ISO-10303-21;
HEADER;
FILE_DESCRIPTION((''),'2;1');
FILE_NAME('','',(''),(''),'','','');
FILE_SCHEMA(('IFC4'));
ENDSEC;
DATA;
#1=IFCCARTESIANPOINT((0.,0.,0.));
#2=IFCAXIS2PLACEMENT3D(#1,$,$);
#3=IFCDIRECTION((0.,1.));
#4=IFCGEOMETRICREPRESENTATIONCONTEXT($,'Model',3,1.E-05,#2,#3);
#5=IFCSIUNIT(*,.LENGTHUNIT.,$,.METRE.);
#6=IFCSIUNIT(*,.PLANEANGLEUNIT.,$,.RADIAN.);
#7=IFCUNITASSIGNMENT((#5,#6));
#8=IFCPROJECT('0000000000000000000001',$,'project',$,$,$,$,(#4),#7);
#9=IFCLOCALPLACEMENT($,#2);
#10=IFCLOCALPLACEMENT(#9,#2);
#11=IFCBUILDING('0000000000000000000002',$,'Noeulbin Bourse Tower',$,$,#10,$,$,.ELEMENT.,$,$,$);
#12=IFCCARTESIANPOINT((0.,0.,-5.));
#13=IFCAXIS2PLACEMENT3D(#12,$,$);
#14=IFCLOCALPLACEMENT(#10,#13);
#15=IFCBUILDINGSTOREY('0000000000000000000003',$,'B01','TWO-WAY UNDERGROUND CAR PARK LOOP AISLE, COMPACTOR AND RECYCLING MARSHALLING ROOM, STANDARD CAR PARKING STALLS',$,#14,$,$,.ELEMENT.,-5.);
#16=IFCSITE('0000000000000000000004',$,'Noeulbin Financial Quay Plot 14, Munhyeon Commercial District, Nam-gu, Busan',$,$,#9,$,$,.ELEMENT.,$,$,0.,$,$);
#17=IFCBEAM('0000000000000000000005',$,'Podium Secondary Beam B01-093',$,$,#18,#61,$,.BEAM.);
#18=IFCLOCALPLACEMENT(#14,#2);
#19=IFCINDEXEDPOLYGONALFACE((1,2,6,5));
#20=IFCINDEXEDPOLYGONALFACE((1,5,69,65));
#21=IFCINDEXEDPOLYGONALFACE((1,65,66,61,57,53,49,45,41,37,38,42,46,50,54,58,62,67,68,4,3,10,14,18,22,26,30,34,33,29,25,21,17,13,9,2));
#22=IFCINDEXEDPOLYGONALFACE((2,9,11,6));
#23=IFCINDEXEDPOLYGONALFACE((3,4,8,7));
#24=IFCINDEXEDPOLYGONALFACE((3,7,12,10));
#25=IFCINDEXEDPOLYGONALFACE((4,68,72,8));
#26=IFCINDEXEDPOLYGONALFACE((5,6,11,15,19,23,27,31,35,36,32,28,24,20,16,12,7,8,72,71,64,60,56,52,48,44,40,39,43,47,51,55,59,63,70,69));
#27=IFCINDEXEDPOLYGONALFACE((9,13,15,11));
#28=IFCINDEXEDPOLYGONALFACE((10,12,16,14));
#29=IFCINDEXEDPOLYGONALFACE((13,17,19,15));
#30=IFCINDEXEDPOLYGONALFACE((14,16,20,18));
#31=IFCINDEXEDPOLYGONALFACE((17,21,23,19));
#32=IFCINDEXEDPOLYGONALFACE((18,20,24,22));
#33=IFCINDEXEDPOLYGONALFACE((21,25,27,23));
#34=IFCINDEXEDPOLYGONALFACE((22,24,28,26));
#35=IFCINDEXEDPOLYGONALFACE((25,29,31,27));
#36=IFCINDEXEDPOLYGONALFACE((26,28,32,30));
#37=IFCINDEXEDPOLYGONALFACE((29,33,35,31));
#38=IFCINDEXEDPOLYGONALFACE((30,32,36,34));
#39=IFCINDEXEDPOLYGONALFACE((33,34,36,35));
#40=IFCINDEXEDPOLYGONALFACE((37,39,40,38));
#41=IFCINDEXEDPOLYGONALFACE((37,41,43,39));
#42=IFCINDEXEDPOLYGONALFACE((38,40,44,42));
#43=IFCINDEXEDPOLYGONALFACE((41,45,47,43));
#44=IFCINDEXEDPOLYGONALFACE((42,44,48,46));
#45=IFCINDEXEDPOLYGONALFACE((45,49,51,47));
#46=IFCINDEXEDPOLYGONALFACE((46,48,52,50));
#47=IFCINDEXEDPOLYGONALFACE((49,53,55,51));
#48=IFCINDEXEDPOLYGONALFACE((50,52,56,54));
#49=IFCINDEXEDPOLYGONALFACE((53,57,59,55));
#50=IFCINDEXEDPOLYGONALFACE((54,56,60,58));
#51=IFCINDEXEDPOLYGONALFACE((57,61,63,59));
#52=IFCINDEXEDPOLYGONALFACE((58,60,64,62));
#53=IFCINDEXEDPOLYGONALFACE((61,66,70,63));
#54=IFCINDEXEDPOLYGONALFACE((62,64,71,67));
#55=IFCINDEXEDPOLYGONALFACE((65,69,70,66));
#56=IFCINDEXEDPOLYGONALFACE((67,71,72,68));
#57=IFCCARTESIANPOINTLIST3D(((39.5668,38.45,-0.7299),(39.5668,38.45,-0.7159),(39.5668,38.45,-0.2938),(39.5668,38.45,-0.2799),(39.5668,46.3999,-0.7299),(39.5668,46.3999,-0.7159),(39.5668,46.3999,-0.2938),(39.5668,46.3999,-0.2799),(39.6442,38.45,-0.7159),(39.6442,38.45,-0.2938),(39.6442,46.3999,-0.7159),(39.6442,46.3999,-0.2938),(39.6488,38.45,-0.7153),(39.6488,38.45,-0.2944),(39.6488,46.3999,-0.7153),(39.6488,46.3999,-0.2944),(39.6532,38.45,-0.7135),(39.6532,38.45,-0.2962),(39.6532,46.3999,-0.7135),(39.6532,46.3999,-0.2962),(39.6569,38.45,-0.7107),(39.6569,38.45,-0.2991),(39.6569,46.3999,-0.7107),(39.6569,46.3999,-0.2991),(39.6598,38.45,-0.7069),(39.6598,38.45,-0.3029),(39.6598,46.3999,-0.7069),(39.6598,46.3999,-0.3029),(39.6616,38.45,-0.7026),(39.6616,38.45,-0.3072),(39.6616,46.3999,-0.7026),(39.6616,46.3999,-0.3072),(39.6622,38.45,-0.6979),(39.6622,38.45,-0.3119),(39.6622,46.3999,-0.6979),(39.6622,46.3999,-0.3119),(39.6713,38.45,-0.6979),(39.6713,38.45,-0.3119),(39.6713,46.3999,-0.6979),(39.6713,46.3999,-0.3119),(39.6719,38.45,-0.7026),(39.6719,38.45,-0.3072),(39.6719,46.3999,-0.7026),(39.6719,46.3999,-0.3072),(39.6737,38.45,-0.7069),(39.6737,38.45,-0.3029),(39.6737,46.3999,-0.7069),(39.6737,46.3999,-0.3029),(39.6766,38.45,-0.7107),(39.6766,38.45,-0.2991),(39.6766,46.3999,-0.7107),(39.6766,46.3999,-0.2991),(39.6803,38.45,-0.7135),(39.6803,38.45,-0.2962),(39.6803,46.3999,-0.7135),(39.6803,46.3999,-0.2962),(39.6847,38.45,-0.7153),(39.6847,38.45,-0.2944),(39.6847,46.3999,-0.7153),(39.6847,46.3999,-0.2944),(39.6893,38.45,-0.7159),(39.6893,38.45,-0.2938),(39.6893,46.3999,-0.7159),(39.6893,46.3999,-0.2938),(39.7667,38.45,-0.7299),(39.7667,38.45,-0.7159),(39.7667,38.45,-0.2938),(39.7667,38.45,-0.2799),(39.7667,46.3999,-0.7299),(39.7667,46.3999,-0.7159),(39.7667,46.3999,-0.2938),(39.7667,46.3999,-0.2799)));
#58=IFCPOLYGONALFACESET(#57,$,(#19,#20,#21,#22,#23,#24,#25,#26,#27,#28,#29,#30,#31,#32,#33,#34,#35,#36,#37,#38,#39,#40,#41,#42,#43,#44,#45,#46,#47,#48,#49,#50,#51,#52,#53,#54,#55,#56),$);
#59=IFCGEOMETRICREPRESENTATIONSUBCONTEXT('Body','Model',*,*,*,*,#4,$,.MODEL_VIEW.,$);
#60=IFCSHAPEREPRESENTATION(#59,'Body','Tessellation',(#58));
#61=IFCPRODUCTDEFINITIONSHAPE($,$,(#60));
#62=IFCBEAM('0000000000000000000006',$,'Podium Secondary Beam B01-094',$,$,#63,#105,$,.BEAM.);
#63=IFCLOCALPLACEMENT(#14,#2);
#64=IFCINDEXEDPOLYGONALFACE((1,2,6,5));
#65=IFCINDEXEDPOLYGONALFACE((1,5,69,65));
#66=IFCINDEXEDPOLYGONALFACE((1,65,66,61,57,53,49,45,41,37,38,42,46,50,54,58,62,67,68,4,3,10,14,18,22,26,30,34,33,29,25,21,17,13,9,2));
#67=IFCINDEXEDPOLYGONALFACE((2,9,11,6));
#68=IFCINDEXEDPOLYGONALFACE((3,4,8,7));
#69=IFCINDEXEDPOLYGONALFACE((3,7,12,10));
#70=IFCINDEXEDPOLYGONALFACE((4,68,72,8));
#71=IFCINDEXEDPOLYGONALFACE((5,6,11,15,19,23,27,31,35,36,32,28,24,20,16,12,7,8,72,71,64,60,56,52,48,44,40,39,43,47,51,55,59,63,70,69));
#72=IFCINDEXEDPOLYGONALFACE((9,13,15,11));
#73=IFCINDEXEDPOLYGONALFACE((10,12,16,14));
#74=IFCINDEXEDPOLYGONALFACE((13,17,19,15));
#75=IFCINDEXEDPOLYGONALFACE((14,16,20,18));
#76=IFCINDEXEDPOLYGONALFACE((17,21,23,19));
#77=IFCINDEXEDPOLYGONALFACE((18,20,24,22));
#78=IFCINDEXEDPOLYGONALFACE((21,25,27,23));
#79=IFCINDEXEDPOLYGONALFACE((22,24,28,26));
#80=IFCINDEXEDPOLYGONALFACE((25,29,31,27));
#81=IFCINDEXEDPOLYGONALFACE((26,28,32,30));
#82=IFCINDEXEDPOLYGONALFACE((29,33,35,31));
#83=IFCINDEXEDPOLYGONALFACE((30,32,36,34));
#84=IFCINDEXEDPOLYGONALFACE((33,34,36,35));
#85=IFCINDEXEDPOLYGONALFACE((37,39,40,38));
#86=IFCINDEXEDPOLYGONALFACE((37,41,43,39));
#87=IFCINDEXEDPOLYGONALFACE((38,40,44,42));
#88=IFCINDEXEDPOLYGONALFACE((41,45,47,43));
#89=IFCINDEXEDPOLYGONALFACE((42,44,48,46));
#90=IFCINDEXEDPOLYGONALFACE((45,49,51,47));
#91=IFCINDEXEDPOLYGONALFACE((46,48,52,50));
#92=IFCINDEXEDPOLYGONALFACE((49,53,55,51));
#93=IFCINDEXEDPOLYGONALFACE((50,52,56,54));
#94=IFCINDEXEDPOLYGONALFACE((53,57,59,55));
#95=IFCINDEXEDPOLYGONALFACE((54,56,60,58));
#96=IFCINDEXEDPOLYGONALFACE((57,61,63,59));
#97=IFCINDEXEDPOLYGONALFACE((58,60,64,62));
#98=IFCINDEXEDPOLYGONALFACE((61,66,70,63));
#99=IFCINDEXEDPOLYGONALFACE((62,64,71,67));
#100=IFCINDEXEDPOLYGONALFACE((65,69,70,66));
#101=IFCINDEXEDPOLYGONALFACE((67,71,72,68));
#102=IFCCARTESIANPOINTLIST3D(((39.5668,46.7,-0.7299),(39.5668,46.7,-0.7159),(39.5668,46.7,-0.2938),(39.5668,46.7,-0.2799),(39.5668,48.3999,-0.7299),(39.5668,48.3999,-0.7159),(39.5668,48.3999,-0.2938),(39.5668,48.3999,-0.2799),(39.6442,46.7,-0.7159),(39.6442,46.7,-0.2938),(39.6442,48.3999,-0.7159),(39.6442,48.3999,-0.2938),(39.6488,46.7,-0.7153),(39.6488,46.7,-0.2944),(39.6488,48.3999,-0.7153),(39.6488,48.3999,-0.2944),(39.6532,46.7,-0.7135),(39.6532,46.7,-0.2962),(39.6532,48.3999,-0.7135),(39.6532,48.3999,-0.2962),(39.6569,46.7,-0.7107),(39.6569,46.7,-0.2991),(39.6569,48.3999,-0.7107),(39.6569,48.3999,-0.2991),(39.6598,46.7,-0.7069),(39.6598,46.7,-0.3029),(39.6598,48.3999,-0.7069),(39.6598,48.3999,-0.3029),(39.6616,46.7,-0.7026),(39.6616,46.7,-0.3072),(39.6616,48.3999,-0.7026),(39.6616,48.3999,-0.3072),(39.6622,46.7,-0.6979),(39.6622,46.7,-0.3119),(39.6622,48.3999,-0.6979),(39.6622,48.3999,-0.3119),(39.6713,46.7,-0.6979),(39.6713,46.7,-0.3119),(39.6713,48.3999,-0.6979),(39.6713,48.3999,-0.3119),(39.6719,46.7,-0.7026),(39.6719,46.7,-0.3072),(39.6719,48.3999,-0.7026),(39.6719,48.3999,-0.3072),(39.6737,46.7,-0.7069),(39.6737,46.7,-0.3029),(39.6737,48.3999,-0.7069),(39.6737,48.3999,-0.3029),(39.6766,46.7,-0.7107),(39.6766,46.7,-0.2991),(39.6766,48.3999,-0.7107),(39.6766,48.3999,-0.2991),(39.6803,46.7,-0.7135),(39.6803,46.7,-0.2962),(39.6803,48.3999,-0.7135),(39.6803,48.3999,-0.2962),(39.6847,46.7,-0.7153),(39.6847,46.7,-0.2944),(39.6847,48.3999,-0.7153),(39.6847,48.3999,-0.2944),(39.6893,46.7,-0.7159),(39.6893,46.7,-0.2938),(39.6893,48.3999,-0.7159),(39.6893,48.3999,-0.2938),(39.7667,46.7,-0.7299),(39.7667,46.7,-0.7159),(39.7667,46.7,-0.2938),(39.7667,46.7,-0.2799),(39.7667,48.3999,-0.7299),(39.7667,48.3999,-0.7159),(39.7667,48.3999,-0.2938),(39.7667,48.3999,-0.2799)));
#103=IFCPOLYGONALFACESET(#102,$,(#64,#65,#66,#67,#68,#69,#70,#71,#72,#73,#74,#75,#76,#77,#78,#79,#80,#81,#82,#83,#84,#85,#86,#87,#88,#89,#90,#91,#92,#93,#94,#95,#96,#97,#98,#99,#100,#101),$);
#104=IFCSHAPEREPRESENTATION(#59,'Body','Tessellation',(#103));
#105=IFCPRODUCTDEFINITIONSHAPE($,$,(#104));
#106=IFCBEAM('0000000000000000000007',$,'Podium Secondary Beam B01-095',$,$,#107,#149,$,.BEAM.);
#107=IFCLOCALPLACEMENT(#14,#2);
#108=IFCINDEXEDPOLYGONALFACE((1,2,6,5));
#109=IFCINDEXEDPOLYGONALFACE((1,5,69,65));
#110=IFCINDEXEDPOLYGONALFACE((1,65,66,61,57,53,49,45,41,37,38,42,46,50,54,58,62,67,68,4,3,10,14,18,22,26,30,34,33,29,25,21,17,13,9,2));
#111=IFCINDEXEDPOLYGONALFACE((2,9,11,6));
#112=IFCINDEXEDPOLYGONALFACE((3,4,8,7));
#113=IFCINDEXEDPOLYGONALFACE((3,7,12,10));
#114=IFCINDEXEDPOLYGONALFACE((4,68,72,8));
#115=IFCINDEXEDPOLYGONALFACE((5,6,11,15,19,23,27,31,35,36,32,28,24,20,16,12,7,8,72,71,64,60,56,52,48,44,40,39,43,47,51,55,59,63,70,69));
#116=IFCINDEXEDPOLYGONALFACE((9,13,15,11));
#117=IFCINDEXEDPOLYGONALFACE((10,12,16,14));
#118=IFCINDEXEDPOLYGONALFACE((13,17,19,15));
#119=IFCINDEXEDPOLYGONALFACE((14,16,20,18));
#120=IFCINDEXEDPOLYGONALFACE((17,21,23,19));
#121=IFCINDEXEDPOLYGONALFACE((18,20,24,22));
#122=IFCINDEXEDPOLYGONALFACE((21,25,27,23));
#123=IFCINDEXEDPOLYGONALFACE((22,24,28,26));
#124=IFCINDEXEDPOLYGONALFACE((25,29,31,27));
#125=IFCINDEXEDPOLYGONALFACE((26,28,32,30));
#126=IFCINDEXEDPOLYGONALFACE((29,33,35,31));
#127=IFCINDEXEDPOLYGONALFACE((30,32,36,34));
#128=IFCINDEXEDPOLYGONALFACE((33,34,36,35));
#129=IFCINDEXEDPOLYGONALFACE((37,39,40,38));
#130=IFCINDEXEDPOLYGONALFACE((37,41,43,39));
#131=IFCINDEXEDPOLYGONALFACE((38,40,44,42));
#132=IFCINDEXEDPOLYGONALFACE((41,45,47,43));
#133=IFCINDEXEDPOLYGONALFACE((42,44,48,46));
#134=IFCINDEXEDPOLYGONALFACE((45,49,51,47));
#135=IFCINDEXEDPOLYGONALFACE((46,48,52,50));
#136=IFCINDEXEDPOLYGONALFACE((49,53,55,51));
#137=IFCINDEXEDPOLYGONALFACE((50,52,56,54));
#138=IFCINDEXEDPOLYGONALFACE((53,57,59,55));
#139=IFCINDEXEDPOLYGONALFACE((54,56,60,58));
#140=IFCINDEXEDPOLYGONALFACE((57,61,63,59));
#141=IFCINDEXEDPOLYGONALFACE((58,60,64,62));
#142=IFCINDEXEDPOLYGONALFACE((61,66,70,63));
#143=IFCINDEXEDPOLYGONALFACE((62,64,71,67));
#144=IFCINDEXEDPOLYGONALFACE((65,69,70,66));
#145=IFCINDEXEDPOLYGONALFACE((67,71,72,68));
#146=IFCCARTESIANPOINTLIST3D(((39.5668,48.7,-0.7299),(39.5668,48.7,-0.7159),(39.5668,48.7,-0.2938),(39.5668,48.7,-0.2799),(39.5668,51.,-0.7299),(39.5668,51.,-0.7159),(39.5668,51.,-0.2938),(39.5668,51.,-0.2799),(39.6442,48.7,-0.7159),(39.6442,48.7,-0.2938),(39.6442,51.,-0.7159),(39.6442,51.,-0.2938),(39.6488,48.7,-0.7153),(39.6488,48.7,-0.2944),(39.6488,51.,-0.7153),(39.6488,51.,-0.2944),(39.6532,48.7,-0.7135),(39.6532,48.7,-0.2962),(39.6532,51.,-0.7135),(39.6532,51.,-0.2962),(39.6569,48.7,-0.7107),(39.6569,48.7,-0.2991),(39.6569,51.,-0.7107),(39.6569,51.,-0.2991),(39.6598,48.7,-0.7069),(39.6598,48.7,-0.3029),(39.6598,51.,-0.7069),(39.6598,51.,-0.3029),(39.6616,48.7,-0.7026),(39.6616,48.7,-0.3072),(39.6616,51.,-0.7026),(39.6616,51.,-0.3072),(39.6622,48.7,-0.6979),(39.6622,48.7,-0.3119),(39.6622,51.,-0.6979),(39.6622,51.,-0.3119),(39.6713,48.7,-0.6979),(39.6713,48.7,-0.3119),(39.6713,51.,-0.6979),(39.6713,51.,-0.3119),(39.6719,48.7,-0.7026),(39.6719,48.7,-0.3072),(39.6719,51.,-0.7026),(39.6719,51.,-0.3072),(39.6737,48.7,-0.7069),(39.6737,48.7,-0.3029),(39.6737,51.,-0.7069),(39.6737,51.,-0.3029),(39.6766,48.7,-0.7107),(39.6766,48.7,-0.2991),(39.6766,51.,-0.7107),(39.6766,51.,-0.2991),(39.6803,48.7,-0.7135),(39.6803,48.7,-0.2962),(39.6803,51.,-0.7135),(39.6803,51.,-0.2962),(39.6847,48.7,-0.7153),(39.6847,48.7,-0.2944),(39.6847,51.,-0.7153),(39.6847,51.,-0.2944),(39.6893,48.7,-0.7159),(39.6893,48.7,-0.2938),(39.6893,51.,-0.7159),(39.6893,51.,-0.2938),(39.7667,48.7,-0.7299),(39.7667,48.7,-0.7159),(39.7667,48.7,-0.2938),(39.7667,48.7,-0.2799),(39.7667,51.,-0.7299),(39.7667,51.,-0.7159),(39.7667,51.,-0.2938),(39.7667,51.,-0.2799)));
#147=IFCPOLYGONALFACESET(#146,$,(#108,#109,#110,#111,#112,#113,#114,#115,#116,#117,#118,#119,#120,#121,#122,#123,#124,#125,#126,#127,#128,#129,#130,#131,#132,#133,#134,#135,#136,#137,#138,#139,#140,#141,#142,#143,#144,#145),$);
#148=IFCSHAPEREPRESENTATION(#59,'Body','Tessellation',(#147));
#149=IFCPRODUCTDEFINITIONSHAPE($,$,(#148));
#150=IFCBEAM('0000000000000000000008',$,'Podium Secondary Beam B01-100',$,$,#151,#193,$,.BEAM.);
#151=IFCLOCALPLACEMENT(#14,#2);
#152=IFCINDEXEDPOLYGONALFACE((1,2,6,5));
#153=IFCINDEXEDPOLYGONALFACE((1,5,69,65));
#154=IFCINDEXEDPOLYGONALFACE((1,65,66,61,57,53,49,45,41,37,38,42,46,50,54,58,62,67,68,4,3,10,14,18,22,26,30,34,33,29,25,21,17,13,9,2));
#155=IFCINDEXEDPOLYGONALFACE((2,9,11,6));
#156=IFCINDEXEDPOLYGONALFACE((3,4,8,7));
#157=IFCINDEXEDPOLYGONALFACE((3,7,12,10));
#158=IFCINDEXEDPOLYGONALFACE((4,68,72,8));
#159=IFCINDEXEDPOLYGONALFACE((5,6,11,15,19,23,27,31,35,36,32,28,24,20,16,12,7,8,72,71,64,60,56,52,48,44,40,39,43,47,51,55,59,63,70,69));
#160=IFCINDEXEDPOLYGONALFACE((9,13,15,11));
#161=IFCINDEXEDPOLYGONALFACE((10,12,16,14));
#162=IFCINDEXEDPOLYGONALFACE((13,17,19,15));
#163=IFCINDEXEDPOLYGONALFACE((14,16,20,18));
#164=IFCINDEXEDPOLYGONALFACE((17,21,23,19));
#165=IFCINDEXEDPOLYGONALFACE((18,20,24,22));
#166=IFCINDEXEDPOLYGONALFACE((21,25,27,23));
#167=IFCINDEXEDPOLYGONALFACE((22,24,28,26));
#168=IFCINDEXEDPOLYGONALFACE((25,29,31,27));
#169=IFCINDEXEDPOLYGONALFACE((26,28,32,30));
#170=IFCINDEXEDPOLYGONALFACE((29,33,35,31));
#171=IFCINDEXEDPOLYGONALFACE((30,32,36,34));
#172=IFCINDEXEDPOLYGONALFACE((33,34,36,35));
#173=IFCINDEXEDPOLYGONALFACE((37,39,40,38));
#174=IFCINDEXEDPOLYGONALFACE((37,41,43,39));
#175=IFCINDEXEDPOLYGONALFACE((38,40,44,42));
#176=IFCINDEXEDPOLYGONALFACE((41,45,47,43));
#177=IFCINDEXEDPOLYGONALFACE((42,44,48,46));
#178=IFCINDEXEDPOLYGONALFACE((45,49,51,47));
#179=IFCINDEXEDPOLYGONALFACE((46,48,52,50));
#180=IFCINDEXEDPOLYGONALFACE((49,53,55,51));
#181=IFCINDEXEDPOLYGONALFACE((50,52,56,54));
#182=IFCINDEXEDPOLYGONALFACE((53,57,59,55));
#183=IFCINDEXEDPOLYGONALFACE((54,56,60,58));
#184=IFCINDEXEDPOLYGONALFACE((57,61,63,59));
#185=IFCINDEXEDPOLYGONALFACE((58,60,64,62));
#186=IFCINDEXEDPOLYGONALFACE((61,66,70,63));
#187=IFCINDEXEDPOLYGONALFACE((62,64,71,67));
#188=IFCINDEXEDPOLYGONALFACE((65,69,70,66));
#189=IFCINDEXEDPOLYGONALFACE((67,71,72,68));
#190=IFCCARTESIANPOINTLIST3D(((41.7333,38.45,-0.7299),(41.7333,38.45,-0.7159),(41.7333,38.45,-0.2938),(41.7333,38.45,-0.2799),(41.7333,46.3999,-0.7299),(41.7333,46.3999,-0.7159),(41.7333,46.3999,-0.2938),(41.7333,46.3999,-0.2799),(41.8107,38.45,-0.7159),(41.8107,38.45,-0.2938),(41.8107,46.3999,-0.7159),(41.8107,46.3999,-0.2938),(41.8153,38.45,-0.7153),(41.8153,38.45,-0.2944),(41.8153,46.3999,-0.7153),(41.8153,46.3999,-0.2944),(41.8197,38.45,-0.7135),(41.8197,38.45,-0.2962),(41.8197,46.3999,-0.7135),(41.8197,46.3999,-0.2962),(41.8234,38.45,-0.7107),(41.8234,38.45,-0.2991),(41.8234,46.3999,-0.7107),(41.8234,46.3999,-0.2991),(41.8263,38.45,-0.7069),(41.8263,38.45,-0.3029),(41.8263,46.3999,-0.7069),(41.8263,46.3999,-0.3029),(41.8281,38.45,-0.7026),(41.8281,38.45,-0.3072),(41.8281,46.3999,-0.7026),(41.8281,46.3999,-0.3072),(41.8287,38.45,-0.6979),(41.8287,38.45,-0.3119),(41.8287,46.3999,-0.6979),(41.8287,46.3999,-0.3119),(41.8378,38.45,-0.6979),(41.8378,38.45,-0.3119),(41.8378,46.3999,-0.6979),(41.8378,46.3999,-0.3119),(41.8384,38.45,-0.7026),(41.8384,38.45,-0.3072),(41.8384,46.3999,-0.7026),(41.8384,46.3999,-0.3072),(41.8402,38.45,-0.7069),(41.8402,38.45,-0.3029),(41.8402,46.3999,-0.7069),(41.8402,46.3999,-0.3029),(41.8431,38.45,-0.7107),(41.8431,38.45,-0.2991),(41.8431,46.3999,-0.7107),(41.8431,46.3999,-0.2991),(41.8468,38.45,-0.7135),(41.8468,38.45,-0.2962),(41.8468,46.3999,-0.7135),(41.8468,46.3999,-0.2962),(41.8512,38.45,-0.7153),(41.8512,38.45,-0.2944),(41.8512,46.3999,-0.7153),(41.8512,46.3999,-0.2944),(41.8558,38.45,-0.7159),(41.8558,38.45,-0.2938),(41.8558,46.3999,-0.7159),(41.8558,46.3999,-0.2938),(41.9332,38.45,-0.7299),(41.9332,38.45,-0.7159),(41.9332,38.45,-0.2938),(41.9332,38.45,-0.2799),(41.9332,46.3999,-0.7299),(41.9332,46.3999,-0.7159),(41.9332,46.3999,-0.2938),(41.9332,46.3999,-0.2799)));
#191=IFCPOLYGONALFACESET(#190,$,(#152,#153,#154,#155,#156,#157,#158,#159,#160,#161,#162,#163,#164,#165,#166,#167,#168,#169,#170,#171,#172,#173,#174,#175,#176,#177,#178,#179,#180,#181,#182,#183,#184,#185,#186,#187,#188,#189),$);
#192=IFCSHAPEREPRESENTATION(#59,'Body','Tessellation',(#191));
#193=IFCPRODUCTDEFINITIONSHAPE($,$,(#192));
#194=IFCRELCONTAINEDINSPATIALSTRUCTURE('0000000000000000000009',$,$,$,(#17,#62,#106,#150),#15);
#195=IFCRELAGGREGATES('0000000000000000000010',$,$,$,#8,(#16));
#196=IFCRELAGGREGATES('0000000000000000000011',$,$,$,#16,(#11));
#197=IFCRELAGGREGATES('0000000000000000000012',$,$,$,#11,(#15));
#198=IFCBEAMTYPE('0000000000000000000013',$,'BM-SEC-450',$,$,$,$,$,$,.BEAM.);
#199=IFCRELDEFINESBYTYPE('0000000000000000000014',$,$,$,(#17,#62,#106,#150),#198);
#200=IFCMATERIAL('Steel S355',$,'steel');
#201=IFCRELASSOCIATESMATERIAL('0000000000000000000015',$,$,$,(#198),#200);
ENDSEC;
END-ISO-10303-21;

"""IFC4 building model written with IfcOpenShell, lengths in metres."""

from ifc_helpers import new_model, si_unit, direction, frame, origin, origin_2d, place, context, subcontext, project, spatial, i_section, extrude, material, material_profile, profile_set, type_object, element, save


model = new_model("IFC4")

# Units and contexts
model_context = context("Model", 3, precision=1e-05, world=origin(), true_north=direction((0.0, 1.0)))
body_context = subcontext(model_context, "Body", "Model", "MODEL_VIEW")
ifc_project = project(units=[si_unit("LENGTHUNIT", "METRE"), si_unit("PLANEANGLEUNIT", "RADIAN")], contexts=[model_context])

# Site, building, storey
site_placement = place(None, origin())
site = spatial("IfcSite", under=ifc_project, at=site_placement, Name="Noeulbin Financial Quay Plot 14, Munhyeon Commercial District, Nam-gu, Busan", CompositionType="ELEMENT", RefElevation=0.0)
building_placement = place(site_placement, origin())
building = spatial("IfcBuilding", under=site, at=building_placement, Name="Noeulbin Bourse Tower", CompositionType="ELEMENT")
storey_placement = place(building_placement, frame((0.0, 0.0, -5.0)))
storey = spatial("IfcBuildingStorey", under=building, at=storey_placement, Name="B01", Description="TWO-WAY UNDERGROUND CAR PARK LOOP AISLE, COMPACTOR AND RECYCLING MARSHALLING ROOM, STANDARD CAR PARKING STALLS", CompositionType="ELEMENT", Elevation=-5.0)

# Beams
ifc_material_1 = material(Name="Steel S355", Category="steel")
ifc_material_profile_1 = material_profile(ifc_material_1, i_section(OverallWidth=0.2, OverallDepth=0.45, WebThickness=0.009, FlangeThickness=0.0139, FilletRadius=0.0181, at=origin_2d()), Name="H-450x200x9x14", Category="LoadBearing")
ifc_profile_set_1 = profile_set([ifc_material_profile_1], Name="Steel S355")
beam_type_1 = type_object("IfcBeamType", Name="BM-SEC-450", PredefinedType="BEAM", material=ifc_profile_set_1)
beam_1_placement = place(storey_placement, frame((39.6667, 38.45, -0.5049), z_axis=(0.0, 1.0, 0.0), x_axis=(-1.0, 0.0, 0.0)))
element("IfcBeam", 1, at=beam_1_placement, inside=storey, type_object=beam_type_1, Name="Podium Secondary Beam B01-093", PredefinedType="BEAM", context=body_context, shape_type="SweptSolid", body=[
    extrude(i_section(OverallWidth=0.2, OverallDepth=0.45, WebThickness=0.009, FlangeThickness=0.0139, FilletRadius=0.0181, at=origin_2d()), origin(), (0.0, 0.0, 1.0), 7.95),
])
beam_2_placement = place(storey_placement, frame((39.6667, 46.7, -0.5049), z_axis=(0.0, 1.0, 0.0), x_axis=(-1.0, 0.0, 0.0)))
element("IfcBeam", 2, at=beam_2_placement, inside=storey, type_object=beam_type_1, Name="Podium Secondary Beam B01-094", PredefinedType="BEAM", context=body_context, shape_type="SweptSolid", body=[
    extrude(i_section(OverallWidth=0.2, OverallDepth=0.45, WebThickness=0.009, FlangeThickness=0.0139, FilletRadius=0.0181, at=origin_2d()), origin(), (0.0, 0.0, 1.0), 1.7),
])
beam_3_placement = place(storey_placement, frame((39.6667, 48.7, -0.5049), z_axis=(0.0, 1.0, 0.0), x_axis=(-1.0, 0.0, 0.0)))
element("IfcBeam", 3, at=beam_3_placement, inside=storey, type_object=beam_type_1, Name="Podium Secondary Beam B01-095", PredefinedType="BEAM", context=body_context, shape_type="SweptSolid", body=[
    extrude(i_section(OverallWidth=0.2, OverallDepth=0.45, WebThickness=0.009, FlangeThickness=0.0139, FilletRadius=0.0181, at=origin_2d()), origin(), (0.0, 0.0, 1.0), 2.3),
])
beam_4_placement = place(storey_placement, frame((41.8333, 38.45, -0.5049), z_axis=(0.0, 1.0, 0.0), x_axis=(-1.0, 0.0, 0.0)))
element("IfcBeam", 4, at=beam_4_placement, inside=storey, type_object=beam_type_1, Name="Podium Secondary Beam B01-100", PredefinedType="BEAM", context=body_context, shape_type="SweptSolid", body=[
    extrude(i_section(OverallWidth=0.2, OverallDepth=0.45, WebThickness=0.009, FlangeThickness=0.0139, FilletRadius=0.0181, at=origin_2d()), origin(), (0.0, 0.0, 1.0), 7.95),
])

save(model, "model.ifc")
